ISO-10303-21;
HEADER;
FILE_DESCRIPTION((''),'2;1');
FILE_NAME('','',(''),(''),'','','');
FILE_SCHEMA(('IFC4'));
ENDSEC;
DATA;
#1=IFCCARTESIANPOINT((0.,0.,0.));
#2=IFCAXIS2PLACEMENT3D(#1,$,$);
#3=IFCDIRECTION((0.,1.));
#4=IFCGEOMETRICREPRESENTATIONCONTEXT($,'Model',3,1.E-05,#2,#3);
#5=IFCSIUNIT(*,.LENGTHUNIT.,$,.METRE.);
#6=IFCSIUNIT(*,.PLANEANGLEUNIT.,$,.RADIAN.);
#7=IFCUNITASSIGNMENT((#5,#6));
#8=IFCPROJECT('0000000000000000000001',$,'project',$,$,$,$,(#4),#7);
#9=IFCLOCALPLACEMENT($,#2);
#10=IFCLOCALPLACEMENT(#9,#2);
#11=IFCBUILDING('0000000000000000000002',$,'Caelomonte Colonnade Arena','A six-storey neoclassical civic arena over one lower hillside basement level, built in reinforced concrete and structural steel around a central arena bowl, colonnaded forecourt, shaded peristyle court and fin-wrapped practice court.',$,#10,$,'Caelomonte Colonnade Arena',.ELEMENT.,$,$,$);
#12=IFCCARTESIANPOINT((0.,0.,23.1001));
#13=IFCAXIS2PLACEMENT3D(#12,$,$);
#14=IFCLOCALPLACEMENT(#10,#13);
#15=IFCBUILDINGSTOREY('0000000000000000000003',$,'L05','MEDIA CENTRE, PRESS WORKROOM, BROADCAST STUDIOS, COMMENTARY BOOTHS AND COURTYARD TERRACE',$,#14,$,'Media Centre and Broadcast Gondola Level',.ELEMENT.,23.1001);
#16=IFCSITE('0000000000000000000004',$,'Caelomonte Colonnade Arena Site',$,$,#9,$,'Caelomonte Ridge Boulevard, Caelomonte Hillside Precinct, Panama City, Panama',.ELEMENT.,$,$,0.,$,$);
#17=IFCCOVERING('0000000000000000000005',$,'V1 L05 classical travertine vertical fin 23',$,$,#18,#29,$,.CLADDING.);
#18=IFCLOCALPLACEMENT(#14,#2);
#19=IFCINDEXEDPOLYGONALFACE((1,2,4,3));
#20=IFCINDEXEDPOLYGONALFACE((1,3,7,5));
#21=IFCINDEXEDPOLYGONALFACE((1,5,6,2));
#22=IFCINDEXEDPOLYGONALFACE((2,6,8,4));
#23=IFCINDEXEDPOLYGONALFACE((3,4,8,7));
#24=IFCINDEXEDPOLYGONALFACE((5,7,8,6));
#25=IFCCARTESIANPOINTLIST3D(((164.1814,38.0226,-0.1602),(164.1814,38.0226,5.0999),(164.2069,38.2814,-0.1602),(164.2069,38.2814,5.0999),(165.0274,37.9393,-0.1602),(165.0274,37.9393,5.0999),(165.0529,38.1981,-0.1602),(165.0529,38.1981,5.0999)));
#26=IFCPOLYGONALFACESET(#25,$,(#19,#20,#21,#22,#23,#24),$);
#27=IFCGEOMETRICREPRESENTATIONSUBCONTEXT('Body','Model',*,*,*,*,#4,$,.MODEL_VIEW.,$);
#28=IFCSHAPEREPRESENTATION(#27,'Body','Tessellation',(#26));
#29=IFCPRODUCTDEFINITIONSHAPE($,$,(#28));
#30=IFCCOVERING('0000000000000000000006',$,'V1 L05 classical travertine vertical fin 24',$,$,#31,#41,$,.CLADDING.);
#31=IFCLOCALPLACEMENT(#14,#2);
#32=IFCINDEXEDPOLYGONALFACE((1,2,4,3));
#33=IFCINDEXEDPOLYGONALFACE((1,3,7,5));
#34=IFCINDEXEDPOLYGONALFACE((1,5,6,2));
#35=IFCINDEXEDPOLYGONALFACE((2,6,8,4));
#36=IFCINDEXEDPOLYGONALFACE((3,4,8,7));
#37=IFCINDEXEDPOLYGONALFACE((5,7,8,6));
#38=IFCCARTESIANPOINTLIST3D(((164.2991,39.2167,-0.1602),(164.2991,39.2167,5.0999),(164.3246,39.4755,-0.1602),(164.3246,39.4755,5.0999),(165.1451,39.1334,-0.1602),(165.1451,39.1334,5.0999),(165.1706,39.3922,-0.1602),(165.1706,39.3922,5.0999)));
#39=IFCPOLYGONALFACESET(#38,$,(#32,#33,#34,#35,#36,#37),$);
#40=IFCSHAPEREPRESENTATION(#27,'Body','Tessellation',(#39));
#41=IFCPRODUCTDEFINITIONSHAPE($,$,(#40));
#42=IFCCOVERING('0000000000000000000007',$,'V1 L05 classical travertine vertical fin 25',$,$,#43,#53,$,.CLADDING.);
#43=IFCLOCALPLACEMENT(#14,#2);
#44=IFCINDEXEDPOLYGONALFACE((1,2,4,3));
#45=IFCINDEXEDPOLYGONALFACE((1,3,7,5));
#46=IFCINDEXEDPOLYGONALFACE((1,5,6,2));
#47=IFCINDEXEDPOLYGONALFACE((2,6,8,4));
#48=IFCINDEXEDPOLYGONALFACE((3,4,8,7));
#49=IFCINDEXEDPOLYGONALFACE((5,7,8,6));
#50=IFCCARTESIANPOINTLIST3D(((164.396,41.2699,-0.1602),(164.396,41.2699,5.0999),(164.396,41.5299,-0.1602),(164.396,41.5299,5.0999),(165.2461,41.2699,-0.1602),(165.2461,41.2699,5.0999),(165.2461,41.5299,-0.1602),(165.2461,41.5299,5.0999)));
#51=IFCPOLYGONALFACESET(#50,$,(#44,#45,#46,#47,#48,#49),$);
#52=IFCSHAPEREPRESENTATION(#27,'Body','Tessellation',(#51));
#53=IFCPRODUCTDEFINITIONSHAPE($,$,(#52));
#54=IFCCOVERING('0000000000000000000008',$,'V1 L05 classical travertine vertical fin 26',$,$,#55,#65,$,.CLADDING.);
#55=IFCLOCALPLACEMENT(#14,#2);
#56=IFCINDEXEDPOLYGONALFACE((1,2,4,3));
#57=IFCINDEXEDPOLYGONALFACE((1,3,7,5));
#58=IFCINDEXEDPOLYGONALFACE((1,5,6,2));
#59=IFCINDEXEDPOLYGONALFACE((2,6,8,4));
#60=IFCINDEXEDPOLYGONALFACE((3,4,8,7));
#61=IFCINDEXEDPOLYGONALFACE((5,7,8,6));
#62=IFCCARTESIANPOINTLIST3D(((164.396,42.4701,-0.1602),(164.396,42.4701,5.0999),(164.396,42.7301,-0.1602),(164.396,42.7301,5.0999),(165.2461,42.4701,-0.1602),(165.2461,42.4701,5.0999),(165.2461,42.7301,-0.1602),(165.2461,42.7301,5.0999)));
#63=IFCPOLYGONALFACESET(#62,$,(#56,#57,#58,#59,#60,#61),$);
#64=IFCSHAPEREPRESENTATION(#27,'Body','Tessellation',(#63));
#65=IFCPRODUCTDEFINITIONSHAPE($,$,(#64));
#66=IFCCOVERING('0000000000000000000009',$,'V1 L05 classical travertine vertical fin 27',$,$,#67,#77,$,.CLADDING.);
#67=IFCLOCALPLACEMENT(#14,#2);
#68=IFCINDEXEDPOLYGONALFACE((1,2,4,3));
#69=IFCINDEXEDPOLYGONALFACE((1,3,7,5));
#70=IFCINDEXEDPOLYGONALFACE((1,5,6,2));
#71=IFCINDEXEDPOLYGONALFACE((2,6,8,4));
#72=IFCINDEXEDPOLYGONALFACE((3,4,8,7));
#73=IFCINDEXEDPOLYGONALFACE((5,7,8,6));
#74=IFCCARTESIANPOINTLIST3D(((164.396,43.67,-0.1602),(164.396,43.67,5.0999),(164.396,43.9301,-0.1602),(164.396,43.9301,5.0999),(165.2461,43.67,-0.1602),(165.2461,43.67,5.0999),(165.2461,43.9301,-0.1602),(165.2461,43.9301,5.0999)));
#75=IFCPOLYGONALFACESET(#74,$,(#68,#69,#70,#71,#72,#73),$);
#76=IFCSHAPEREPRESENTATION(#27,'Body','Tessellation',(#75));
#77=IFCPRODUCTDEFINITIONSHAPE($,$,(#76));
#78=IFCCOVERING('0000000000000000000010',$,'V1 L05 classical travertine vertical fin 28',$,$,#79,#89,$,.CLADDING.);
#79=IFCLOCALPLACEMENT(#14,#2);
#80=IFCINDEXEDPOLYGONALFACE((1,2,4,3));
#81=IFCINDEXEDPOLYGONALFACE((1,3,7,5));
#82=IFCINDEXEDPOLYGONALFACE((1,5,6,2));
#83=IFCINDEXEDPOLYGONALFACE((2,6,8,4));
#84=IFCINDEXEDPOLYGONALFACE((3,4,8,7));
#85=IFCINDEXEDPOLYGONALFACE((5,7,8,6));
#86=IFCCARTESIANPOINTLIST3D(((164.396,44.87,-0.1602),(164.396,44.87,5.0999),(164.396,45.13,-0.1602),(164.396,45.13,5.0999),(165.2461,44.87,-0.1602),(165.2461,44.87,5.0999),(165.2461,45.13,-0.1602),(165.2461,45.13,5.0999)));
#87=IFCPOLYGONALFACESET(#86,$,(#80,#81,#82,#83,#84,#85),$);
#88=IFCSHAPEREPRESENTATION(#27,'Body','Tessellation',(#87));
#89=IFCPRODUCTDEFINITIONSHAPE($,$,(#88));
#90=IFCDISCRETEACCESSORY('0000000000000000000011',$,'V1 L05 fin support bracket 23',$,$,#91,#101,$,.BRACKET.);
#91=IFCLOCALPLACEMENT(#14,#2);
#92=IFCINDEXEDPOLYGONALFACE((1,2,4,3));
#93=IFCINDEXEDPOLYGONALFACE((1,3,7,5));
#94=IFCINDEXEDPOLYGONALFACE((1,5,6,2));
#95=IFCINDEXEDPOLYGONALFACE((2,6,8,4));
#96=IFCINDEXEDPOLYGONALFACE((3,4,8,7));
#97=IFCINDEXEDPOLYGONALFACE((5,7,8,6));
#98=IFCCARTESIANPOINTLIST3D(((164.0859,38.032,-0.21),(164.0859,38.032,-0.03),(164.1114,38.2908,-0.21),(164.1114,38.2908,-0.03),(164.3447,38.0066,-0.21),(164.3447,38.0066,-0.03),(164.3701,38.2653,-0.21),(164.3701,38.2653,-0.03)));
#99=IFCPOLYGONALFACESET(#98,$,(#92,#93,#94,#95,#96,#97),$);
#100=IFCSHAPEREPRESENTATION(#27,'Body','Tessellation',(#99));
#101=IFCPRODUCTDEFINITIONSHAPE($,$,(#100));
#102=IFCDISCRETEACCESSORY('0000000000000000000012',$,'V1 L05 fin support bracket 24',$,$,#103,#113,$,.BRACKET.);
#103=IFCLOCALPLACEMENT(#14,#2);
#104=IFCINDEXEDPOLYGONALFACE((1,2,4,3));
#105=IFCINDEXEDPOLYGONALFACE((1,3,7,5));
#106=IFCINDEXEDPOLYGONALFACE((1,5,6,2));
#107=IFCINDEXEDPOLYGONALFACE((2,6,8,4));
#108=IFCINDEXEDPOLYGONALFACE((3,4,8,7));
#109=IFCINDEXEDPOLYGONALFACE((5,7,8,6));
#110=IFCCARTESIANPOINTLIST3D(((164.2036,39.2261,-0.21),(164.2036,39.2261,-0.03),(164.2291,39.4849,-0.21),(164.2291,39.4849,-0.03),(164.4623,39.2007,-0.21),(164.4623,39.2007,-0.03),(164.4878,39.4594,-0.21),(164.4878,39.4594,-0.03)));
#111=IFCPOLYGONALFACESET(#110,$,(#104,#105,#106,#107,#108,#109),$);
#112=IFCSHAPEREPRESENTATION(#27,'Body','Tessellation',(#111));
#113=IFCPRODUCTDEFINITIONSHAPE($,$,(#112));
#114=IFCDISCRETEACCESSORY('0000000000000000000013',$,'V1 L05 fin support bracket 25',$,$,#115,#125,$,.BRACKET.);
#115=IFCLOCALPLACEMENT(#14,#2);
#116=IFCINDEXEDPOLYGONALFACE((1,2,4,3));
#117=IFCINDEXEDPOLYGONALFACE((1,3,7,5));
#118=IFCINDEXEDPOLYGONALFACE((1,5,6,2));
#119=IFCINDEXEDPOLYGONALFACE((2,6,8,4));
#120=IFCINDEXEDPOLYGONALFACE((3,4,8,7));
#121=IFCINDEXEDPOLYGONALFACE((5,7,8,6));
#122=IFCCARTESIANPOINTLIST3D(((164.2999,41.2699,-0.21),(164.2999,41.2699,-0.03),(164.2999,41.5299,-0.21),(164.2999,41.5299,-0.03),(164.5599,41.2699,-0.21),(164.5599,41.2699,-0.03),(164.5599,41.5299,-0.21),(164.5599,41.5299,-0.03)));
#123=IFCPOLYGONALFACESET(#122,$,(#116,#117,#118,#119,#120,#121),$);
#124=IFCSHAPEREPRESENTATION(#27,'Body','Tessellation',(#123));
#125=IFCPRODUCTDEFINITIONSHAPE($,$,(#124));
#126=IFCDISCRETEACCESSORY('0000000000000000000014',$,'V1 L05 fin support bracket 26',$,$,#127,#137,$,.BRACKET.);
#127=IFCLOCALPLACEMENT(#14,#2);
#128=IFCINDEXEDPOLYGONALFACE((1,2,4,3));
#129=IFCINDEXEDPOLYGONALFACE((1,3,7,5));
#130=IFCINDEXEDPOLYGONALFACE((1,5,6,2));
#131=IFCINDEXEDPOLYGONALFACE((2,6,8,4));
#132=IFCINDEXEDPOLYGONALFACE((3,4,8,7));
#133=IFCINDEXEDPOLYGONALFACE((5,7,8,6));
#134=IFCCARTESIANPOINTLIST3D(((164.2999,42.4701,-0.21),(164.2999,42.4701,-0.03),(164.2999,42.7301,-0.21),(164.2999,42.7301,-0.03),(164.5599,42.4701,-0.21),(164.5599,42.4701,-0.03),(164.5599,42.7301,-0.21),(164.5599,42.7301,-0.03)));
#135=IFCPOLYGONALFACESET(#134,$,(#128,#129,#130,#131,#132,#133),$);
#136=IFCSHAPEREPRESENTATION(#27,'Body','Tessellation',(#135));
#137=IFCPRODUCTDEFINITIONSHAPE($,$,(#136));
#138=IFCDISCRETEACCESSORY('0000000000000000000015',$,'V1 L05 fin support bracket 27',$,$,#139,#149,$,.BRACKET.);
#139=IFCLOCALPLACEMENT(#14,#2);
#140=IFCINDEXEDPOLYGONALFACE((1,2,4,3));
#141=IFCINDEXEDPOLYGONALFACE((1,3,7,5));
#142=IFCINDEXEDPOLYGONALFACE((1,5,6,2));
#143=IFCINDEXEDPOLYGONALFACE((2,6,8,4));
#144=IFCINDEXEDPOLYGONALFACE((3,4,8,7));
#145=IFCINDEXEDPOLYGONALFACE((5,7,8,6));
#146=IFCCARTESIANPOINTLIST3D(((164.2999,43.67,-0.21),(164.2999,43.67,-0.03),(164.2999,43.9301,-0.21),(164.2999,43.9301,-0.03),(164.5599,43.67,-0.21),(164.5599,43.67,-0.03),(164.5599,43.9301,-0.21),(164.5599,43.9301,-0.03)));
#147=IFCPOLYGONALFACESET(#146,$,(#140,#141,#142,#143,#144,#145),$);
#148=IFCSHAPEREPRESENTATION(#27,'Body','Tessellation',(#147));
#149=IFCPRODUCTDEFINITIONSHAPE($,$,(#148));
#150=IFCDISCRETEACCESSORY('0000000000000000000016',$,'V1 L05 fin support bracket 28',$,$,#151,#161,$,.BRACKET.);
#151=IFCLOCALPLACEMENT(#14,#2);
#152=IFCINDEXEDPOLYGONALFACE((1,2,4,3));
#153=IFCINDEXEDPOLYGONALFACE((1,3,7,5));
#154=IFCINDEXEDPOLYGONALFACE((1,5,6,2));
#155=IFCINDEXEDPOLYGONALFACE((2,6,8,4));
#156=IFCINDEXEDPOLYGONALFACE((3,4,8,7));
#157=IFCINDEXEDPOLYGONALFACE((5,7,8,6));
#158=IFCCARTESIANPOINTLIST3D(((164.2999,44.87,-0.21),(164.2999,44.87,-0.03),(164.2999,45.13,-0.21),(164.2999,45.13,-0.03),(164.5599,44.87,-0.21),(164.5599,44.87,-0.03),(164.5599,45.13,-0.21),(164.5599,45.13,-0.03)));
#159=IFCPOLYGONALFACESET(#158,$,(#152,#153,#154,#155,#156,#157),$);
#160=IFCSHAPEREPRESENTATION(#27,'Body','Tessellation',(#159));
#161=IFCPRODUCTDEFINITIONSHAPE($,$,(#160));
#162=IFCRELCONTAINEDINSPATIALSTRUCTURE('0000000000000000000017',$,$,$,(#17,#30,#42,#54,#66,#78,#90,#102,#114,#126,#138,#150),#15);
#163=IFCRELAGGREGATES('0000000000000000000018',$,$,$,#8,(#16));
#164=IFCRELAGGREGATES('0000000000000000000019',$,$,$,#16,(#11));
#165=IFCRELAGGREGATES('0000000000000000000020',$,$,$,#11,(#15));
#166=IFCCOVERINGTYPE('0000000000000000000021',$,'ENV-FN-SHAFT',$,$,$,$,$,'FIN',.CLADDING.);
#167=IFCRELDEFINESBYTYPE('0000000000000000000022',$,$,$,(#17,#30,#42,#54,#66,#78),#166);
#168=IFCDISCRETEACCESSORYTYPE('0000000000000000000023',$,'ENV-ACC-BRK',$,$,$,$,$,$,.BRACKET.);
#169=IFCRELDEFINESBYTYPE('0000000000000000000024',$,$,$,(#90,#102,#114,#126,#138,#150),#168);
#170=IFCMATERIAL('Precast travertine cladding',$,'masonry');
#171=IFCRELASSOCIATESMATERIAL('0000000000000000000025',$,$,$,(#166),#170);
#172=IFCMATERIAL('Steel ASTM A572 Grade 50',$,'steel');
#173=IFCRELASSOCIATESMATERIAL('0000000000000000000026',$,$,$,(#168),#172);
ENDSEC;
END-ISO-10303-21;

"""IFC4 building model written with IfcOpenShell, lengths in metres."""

from ifc_helpers import new_model, si_unit, direction, frame, origin, origin_2d, place, context, subcontext, project, spatial, rectangle, extrude, material, material_profile, profile_set, type_object, element, save


model = new_model("IFC4")

# Units and contexts
model_context = context("Model", 3, precision=1e-05, world=origin(), true_north=direction((0.0, 1.0)))
body_context = subcontext(model_context, "Body", "Model", "MODEL_VIEW")
ifc_project = project(units=[si_unit("LENGTHUNIT", "METRE"), si_unit("PLANEANGLEUNIT", "RADIAN")], contexts=[model_context])

# Site, building, storey
site_placement = place(None, origin())
site = spatial("IfcSite", under=ifc_project, at=site_placement, Name="Caelomonte Colonnade Arena Site", LongName="Caelomonte Ridge Boulevard, Caelomonte Hillside Precinct, Panama City, Panama", CompositionType="ELEMENT", RefElevation=0.0)
building_placement = place(site_placement, origin())
building = spatial("IfcBuilding", under=site, at=building_placement, Name="Caelomonte Colonnade Arena", Description="A six-storey neoclassical civic arena over one lower hillside basement level, built in reinforced concrete and structural steel around a central arena bowl, colonnaded forecourt, shaded peristyle court and fin-wrapped practice court.", LongName="Caelomonte Colonnade Arena", CompositionType="ELEMENT")
storey_placement = place(building_placement, frame((0.0, 0.0, 23.1001)))
storey = spatial("IfcBuildingStorey", under=building, at=storey_placement, Name="L05", Description="MEDIA CENTRE, PRESS WORKROOM, BROADCAST STUDIOS, COMMENTARY BOOTHS AND COURTYARD TERRACE", LongName="Media Centre and Broadcast Gondola Level", CompositionType="ELEMENT", Elevation=23.1001)

# Coverings
ifc_material_1 = material(Name="Precast travertine cladding", Category="masonry")
ifc_material_profile_1 = material_profile(ifc_material_1, rectangle(XDim=0.26, YDim=0.8501, at=origin_2d()), Name="FIN260X850")
ifc_profile_set_1 = profile_set([ifc_material_profile_1], Name="Precast travertine cladding")
covering_type = type_object("IfcCoveringType", Name="ENV-FN-SHAFT", ElementType="FIN", PredefinedType="CLADDING", material=ifc_profile_set_1)
for number, where, z_axis, x_axis, name in (
    (1, (164.6172, 38.1104, -0.1602), (0.0, 0.0, 1.0), (-0.098015, -0.995185, 0.0), "V1 L05 classical travertine vertical fin 23"),
    (2, (164.7349, 39.3044, -0.1602), (0.0, 0.0, 1.0), (-0.098015, -0.995185, 0.0), "V1 L05 classical travertine vertical fin 24"),
    (3, (164.821, 41.3999, -0.1602), (0.0, 0.0, 1.0), (0.0, -1.0, 0.0), "V1 L05 classical travertine vertical fin 25"),
    (4, (164.821, 42.6001, -0.1602), (0.0, 0.0, 1.0), (0.0, -1.0, 0.0), "V1 L05 classical travertine vertical fin 26"),
    (5, (164.821, 43.8, -0.1602), (0.0, 0.0, 1.0), (0.0, -1.0, 0.0), "V1 L05 classical travertine vertical fin 27"),
    (6, (164.821, 45.0, -0.1602), (0.0, 0.0, 1.0), (0.0, -1.0, 0.0), "V1 L05 classical travertine vertical fin 28"),
):
    element("IfcCovering", number, at=place(storey_placement, frame(where, z_axis=z_axis, x_axis=x_axis)), inside=storey, type_object=covering_type, Name=name, PredefinedType="CLADDING", context=body_context, shape_type="SweptSolid", body=[
        extrude(rectangle(XDim=0.26, YDim=0.8501, at=origin_2d()), origin(), (0.0, 0.0, 1.0), 5.26),
    ])

# Discrete accessories
ifc_material_2 = material(Name="Steel ASTM A572 Grade 50", Category="steel")
discrete_accessory_type = type_object("IfcDiscreteAccessoryType", Name="ENV-ACC-BRK", PredefinedType="BRACKET", material=ifc_material_2)
for number, where, z_axis, x_axis, name in (
    (7, (164.228, 38.1487, -0.21), (0.0, 0.0, 1.0), (0.098015, 0.995185, 0.0), "V1 L05 fin support bracket 23"),
    (8, (164.3457, 39.3428, -0.21), (0.0, 0.0, 1.0), (0.098015, 0.995185, 0.0), "V1 L05 fin support bracket 24"),
    (9, (164.4299, 41.3999, -0.21), (0.0, 0.0, 1.0), (0.0, 1.0, 0.0), "V1 L05 fin support bracket 25"),
    (10, (164.4299, 42.6001, -0.21), (0.0, 0.0, 1.0), (0.0, 1.0, 0.0), "V1 L05 fin support bracket 26"),
    (11, (164.4299, 43.8, -0.21), (0.0, 0.0, 1.0), (0.0, 1.0, 0.0), "V1 L05 fin support bracket 27"),
    (12, (164.4299, 45.0, -0.21), (0.0, 0.0, 1.0), (0.0, 1.0, 0.0), "V1 L05 fin support bracket 28"),
):
    element("IfcDiscreteAccessory", number, at=place(storey_placement, frame(where, z_axis=z_axis, x_axis=x_axis)), inside=storey, type_object=discrete_accessory_type, Name=name, PredefinedType="BRACKET", context=body_context, shape_type="SweptSolid", body=[
        extrude(rectangle(XDim=0.26, YDim=0.26, at=origin_2d()), origin(), (0.0, 0.0, 1.0), 0.1799),
    ])

save(model, "model.ifc")
